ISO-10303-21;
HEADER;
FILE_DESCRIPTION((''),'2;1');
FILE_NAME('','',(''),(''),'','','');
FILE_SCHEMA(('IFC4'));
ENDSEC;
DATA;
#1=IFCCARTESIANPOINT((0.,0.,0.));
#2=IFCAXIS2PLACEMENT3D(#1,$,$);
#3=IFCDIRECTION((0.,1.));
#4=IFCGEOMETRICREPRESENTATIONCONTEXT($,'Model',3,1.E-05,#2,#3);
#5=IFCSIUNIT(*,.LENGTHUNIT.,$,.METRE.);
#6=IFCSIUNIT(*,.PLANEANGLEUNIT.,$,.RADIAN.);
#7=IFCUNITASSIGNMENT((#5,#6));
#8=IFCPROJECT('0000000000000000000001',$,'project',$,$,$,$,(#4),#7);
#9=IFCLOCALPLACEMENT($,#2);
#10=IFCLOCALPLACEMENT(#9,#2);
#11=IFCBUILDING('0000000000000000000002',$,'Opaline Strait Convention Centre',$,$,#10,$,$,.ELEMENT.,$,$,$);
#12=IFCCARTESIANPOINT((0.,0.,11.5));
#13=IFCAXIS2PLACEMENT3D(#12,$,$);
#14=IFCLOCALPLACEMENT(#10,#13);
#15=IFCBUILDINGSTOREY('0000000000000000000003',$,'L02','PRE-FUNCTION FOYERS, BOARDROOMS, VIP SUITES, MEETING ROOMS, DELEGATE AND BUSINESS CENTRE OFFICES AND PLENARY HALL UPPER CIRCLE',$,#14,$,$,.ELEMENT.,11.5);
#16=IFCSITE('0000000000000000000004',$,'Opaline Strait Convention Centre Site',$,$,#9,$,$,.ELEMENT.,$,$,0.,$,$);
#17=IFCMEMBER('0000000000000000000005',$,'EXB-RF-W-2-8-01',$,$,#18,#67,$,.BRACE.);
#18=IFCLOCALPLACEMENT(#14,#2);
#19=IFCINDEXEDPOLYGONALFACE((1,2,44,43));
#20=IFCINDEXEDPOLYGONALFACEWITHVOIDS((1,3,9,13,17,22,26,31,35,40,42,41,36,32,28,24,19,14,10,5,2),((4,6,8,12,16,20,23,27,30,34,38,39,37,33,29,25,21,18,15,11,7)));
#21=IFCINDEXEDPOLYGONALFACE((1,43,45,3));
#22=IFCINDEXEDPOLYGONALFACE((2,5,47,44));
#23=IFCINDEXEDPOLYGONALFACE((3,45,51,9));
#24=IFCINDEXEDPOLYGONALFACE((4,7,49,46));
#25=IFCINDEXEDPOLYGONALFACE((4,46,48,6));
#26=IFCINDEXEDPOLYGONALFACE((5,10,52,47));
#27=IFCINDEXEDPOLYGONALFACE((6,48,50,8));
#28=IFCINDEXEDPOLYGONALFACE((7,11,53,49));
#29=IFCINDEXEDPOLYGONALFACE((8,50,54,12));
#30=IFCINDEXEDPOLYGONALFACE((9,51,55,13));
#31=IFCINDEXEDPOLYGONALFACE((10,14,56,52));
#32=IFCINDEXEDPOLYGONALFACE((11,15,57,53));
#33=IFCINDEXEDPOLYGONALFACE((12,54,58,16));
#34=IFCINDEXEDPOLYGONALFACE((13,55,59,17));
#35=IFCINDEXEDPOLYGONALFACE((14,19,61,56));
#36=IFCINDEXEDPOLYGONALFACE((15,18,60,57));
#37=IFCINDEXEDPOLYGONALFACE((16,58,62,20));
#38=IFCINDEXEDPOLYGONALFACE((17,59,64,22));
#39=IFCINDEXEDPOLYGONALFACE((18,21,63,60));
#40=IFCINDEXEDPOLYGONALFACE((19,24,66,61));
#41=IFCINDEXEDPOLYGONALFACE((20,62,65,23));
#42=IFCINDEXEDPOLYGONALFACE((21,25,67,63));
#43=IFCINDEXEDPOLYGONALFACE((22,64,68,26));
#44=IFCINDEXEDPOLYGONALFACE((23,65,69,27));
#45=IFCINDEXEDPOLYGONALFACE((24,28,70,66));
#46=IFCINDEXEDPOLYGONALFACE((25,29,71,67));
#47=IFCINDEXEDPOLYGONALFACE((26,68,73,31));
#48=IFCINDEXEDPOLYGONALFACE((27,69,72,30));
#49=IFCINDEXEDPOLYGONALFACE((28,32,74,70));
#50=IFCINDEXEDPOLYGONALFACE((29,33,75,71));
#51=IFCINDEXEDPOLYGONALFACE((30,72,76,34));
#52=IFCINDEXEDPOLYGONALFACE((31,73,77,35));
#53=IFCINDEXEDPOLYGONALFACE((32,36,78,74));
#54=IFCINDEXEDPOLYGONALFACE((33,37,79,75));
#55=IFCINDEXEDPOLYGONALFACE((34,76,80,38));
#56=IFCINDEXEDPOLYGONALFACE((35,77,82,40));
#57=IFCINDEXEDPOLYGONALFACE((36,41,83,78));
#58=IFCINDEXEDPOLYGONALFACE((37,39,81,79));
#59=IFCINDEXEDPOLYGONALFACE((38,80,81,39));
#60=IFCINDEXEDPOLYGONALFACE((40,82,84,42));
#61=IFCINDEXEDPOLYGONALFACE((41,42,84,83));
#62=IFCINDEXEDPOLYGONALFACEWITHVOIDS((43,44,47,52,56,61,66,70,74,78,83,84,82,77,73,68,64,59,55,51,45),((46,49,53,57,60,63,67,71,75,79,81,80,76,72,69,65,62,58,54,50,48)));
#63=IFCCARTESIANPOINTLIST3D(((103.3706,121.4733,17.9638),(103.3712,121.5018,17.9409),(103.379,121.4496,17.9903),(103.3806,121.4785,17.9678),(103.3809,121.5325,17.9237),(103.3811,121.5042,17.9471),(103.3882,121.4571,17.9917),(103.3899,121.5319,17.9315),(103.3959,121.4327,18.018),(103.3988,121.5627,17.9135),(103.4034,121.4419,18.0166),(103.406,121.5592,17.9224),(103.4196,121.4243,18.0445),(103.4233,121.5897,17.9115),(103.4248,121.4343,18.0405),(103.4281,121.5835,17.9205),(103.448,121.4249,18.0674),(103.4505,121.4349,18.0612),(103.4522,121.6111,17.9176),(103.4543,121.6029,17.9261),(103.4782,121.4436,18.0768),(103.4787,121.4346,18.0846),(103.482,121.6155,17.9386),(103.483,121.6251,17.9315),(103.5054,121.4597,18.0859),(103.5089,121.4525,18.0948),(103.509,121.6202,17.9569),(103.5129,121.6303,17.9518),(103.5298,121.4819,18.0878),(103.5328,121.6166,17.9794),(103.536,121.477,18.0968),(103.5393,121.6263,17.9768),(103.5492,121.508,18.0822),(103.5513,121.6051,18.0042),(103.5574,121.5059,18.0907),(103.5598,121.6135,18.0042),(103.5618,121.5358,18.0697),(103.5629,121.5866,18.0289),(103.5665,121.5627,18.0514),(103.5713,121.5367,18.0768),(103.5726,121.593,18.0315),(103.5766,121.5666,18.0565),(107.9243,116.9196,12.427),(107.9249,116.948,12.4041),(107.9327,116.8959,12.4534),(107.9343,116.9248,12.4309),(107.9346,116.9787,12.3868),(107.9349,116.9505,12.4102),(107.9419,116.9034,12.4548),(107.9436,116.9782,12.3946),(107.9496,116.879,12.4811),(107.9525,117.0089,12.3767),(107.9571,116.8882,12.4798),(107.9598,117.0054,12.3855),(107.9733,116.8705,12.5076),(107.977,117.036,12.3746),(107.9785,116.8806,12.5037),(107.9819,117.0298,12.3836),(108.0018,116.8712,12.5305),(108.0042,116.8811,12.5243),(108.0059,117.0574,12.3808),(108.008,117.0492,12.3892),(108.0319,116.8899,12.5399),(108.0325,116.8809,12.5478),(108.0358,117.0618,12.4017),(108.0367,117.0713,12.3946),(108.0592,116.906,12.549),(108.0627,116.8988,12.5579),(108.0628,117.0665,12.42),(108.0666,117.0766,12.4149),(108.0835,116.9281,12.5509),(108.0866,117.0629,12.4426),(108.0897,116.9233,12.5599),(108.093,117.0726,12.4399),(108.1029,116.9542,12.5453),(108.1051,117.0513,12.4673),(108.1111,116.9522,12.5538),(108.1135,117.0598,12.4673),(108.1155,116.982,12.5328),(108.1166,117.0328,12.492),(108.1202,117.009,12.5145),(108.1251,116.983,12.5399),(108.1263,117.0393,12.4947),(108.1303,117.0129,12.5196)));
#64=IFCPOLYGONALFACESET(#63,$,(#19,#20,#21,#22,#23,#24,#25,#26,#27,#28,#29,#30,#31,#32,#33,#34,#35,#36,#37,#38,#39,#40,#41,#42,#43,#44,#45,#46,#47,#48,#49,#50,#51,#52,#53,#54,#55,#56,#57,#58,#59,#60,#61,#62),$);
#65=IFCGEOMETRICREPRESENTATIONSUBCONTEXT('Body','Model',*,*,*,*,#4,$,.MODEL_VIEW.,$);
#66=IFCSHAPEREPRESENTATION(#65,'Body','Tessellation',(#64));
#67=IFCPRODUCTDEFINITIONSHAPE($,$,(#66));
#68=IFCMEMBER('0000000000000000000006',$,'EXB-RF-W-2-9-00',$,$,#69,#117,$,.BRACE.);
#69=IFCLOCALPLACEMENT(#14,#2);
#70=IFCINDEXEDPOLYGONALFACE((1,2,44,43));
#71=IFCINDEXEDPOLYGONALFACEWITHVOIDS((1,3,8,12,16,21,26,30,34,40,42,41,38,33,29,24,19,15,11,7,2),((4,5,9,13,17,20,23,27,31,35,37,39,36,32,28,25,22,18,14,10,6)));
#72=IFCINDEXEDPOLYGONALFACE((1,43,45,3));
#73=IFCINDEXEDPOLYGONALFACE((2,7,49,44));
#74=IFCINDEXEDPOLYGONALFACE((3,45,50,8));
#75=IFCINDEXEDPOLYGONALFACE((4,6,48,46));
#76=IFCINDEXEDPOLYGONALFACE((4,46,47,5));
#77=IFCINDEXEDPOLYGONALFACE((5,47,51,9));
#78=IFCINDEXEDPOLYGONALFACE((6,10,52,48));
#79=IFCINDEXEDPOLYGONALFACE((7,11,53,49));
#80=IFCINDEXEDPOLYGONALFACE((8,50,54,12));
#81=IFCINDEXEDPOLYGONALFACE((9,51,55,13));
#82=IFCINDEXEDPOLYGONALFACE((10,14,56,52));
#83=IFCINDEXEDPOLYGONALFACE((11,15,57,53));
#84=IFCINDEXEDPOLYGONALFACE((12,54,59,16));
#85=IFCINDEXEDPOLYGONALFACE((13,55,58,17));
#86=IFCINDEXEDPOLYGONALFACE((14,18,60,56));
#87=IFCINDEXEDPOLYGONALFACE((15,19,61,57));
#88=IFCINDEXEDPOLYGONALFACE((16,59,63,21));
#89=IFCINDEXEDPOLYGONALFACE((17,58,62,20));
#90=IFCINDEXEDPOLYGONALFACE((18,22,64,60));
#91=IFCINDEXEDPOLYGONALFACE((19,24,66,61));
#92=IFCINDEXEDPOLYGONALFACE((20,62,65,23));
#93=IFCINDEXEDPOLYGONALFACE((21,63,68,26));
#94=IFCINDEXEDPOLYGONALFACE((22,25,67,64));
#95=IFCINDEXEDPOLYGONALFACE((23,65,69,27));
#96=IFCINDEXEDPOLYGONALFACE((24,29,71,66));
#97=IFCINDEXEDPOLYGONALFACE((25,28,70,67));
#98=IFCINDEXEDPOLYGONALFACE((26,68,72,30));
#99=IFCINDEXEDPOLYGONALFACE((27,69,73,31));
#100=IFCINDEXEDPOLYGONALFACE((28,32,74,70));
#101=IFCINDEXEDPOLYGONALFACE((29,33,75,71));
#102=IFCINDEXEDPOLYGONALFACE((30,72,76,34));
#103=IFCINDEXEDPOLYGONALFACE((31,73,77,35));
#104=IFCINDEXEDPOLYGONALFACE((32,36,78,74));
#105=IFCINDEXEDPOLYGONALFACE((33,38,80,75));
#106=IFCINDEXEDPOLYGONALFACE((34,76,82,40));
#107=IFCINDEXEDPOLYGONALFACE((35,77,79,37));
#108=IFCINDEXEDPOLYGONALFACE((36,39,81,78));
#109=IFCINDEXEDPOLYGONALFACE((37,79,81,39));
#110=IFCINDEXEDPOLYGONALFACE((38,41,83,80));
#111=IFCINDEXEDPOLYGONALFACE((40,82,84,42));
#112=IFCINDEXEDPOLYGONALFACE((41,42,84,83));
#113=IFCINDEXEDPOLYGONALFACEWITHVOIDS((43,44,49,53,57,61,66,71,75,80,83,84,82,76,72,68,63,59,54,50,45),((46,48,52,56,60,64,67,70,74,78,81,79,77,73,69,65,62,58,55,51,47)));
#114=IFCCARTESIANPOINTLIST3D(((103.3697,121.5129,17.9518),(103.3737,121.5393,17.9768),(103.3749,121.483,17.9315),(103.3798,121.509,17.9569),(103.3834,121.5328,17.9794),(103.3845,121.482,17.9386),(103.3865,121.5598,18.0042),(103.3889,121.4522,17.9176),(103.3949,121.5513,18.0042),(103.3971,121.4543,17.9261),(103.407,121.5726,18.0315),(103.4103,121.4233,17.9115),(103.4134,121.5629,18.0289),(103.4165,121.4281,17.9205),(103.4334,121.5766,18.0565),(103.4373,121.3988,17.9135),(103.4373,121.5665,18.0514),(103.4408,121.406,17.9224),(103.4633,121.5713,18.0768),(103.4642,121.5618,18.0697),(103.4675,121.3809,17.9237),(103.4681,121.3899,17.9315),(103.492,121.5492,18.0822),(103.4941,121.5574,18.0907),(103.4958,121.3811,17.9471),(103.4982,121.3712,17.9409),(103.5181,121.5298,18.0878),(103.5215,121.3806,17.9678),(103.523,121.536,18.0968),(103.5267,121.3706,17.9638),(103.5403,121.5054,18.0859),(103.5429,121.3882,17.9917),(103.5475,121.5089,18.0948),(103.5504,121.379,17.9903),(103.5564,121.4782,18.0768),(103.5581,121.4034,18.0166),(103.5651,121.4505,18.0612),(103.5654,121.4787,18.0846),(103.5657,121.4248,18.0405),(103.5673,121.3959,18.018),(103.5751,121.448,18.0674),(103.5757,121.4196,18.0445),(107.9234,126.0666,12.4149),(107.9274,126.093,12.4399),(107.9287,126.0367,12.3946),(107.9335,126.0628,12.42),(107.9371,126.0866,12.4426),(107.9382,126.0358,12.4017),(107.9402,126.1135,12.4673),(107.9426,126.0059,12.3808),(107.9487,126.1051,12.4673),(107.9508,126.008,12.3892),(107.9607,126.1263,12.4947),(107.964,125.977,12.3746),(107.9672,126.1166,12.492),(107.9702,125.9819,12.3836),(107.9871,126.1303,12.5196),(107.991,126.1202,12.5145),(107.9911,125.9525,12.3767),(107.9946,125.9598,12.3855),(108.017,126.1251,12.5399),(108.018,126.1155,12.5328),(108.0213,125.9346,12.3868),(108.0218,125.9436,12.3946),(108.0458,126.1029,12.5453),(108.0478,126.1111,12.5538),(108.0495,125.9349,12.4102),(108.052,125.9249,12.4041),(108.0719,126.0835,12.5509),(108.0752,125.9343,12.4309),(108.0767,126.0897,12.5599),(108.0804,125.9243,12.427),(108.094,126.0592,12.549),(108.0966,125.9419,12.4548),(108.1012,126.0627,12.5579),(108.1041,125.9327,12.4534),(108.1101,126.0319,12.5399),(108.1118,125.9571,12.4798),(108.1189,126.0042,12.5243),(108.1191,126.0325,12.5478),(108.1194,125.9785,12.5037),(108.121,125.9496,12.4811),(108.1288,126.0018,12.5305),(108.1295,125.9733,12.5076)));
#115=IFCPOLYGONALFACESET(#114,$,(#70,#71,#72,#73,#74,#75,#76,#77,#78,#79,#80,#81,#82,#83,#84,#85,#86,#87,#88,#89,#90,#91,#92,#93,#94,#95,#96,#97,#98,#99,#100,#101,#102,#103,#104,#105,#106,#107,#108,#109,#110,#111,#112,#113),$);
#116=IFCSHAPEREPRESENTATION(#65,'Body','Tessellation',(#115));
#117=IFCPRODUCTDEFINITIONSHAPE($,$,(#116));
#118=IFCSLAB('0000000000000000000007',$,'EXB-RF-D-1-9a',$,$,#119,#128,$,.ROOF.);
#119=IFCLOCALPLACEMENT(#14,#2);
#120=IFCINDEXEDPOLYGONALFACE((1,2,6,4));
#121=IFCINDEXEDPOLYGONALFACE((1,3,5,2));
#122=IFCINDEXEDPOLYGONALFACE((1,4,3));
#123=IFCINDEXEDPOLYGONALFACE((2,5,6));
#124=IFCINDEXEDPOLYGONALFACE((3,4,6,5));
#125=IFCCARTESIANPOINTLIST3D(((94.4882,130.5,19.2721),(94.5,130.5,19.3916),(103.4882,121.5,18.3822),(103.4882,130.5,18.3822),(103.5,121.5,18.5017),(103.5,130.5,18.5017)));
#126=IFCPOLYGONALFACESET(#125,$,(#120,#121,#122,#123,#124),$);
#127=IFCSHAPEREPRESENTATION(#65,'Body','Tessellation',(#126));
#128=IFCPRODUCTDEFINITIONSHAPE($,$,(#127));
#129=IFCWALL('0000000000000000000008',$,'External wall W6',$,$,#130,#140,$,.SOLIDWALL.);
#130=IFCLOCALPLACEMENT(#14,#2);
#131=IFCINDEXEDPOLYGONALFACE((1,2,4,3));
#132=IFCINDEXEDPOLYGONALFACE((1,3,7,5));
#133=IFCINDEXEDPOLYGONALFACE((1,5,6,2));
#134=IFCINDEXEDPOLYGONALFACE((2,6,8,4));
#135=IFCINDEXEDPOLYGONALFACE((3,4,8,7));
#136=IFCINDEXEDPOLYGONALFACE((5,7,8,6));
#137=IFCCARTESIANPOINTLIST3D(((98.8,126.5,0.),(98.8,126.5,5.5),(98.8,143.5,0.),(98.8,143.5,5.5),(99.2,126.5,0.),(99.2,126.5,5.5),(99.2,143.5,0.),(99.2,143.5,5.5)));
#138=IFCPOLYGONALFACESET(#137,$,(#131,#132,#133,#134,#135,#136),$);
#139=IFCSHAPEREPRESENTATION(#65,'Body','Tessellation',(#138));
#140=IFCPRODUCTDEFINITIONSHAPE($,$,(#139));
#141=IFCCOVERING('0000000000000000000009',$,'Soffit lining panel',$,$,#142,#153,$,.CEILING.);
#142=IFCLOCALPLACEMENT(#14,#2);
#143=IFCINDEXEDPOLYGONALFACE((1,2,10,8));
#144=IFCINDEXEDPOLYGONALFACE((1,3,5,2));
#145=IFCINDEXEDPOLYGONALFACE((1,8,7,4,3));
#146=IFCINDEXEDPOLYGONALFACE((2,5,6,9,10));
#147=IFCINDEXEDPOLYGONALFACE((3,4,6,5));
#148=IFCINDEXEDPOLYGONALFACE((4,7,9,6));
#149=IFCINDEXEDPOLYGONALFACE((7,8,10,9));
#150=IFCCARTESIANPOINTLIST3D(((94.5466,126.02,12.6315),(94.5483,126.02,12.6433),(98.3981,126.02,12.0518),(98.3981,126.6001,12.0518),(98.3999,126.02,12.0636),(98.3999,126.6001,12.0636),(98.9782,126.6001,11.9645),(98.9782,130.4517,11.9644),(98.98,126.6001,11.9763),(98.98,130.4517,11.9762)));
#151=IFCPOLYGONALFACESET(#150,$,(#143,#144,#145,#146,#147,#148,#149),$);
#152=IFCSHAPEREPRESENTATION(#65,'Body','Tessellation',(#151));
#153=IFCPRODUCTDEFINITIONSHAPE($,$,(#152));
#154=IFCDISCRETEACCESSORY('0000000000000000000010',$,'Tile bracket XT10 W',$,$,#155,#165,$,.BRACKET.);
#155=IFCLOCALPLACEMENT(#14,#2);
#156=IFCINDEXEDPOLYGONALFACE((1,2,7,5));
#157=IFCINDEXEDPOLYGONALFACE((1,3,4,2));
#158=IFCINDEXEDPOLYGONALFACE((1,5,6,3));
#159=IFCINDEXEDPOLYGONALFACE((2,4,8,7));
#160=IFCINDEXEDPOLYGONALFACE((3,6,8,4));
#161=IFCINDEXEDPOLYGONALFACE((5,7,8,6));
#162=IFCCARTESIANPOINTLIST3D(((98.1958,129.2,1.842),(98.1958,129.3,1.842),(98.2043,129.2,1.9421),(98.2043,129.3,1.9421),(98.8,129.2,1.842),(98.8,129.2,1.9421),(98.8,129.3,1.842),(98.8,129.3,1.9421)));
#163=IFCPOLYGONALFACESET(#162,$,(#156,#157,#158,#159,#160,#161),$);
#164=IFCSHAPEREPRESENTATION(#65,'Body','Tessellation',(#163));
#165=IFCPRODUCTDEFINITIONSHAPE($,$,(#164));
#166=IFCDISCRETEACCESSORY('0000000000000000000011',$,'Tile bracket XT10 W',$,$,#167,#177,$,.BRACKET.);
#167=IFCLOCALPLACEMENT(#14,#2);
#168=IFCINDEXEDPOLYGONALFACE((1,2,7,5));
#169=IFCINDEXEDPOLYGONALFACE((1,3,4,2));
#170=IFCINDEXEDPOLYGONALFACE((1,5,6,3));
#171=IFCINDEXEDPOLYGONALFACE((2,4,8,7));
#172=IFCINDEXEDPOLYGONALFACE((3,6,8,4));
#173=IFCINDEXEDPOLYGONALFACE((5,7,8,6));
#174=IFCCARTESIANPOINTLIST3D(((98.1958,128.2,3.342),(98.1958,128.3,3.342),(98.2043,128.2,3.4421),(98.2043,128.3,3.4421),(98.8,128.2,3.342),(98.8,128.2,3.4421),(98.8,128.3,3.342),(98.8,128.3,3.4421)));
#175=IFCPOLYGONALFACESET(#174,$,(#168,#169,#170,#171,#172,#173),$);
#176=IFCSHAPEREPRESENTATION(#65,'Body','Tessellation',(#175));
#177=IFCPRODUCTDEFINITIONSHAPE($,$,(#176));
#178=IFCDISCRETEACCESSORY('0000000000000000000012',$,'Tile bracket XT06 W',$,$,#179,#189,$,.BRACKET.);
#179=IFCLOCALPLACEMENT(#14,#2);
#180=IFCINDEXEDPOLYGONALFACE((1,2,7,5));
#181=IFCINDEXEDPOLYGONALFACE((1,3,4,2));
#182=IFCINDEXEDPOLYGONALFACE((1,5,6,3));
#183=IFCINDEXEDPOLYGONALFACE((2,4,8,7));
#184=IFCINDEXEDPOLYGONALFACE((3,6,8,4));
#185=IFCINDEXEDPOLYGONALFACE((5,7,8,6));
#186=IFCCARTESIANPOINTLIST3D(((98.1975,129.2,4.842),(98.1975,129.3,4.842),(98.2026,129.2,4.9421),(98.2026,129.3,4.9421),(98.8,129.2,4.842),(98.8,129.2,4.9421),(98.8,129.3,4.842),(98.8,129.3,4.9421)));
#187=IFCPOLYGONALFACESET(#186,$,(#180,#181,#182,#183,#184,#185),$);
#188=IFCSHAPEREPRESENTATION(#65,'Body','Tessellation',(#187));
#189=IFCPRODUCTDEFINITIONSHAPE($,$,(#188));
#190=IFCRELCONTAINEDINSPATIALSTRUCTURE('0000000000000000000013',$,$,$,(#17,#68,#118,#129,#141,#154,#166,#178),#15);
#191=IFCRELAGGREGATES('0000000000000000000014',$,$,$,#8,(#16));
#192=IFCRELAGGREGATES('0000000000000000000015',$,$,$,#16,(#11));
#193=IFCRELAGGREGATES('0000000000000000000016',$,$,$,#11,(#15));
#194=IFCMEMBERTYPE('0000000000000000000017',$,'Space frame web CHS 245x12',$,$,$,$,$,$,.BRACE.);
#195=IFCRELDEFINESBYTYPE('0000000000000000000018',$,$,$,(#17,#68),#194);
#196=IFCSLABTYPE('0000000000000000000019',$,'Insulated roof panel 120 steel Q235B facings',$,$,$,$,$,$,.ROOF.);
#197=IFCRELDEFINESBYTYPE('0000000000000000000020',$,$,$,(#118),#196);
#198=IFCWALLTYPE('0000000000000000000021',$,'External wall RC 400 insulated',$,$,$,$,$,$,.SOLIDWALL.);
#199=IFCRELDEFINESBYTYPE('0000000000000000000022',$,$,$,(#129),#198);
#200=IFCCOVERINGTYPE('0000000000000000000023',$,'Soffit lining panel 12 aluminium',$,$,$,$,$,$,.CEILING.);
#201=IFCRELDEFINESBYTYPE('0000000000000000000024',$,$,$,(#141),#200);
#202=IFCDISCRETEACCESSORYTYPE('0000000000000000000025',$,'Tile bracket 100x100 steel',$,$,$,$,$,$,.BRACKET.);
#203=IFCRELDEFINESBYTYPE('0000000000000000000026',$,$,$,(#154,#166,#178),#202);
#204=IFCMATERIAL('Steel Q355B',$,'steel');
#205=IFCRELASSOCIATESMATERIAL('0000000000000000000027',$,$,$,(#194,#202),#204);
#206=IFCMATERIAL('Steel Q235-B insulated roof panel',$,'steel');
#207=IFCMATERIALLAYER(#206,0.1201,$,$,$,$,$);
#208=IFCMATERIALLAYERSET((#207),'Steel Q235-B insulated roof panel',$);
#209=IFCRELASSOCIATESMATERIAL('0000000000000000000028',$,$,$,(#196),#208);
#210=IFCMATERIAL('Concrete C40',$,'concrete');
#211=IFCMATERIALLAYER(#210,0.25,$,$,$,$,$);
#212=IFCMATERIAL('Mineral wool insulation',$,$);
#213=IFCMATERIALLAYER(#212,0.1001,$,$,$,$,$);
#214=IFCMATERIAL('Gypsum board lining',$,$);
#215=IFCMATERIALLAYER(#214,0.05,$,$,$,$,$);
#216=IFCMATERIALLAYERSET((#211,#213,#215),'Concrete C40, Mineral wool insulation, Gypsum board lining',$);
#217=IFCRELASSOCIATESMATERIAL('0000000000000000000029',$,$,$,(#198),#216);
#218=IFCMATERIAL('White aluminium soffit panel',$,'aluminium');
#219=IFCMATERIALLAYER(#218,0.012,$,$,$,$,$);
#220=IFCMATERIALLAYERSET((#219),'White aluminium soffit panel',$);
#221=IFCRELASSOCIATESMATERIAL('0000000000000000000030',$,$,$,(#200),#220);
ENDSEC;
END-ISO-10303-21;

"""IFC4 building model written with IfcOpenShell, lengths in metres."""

from ifc_helpers import new_model, si_unit, direction, frame, frame_2d, origin, origin_2d, place, context, subcontext, project, spatial, polyline, rectangle, hollow_circle, outline, extrude, material, layer, layer_set, material_profile, profile_set, type_object, element, save


model = new_model("IFC4")

# Units and contexts
model_context = context("Model", 3, precision=1e-05, world=origin(), true_north=direction((0.0, 1.0)))
body_context = subcontext(model_context, "Body", "Model", "MODEL_VIEW")
ifc_project = project(units=[si_unit("LENGTHUNIT", "METRE"), si_unit("PLANEANGLEUNIT", "RADIAN")], contexts=[model_context])

# Site, building, storey
site_placement = place(None, origin())
site = spatial("IfcSite", under=ifc_project, at=site_placement, Name="Opaline Strait Convention Centre Site", CompositionType="ELEMENT", RefElevation=0.0)
building_placement = place(site_placement, origin())
building = spatial("IfcBuilding", under=site, at=building_placement, Name="Opaline Strait Convention Centre", CompositionType="ELEMENT")
storey_placement = place(building_placement, frame((0.0, 0.0, 11.5)))
storey = spatial("IfcBuildingStorey", under=building, at=storey_placement, Name="L02", Description="PRE-FUNCTION FOYERS, BOARDROOMS, VIP SUITES, MEETING ROOMS, DELEGATE AND BUSINESS CENTRE OFFICES AND PLENARY HALL UPPER CIRCLE", CompositionType="ELEMENT", Elevation=11.5)

# Shared definitions
ifc_material_1 = material(Name="Steel Q355B", Category="steel")

# Members
ifc_material_profile_1 = material_profile(ifc_material_1, hollow_circle(Radius=0.1226, WallThickness=0.012, at=origin_2d()), Name="CHS 245x12")
ifc_profile_set_1 = profile_set([ifc_material_profile_1], Name="Steel Q355B")
member_type_1 = type_object("IfcMemberType", Name="Space frame web CHS 245x12", PredefinedType="BRACE", material=ifc_profile_set_1)
for number, where, z_axis, x_axis, name in (
    (1, (103.4731, 121.5269, 18.0042), (0.536178, -0.536178, -0.65194), (0.707107, 0.707107, 0.0), "EXB-RF-W-2-8-01"),
    (2, (103.4731, 121.4731, 18.0042), (0.536178, 0.536178, -0.65194), (-0.707107, 0.707107, 0.0), "EXB-RF-W-2-9-00"),
):
    element("IfcMember", number, at=place(storey_placement, frame(where, z_axis=z_axis, x_axis=x_axis)), inside=storey, type_object=member_type_1, Name=name, PredefinedType="BRACE", context=body_context, shape_type="SweptSolid", body=[
        extrude(hollow_circle(Radius=0.1226, WallThickness=0.012, at=origin_2d()), origin(), (0.0, 0.0, 1.0), 8.4929),
    ])

# Slab
ifc_material_2 = material(Name="Steel Q235-B insulated roof panel", Category="steel")
ifc_layer_1 = layer(ifc_material_2, 0.1201)
ifc_layer_set_1 = layer_set([ifc_layer_1], Name="Steel Q235-B insulated roof panel")
slab_type = type_object("IfcSlabType", Name="Insulated roof panel 120 steel Q235B facings", PredefinedType="ROOF", material=ifc_layer_set_1)
slab_placement = place(storey_placement, frame((103.5, 121.5, 18.5017), z_axis=(0.098397, 0.0, 0.995147), x_axis=(0.0, 1.0, 0.0)))
element("IfcSlab", 3, at=slab_placement, inside=storey, type_object=slab_type, Name="EXB-RF-D-1-9a", PredefinedType="ROOF", context=body_context, shape_type="SweptSolid", body=[
    extrude(outline(polyline([(0.0, 0.0), (9.0, 0.0), (9.0, 9.0439), (0.0, 0.0)])), origin(), (0.0, 0.0, -1.0), 0.1201),
])

# Wall
ifc_material_3 = material(Name="Concrete C40", Category="concrete")
ifc_layer_2 = layer(ifc_material_3, 0.25)
ifc_material_4 = material(Name="Mineral wool insulation")
ifc_layer_3 = layer(ifc_material_4, 0.1001)
ifc_material_5 = material(Name="Gypsum board lining")
ifc_layer_4 = layer(ifc_material_5, 0.05)
ifc_layer_set_2 = layer_set([ifc_layer_2, ifc_layer_3, ifc_layer_4], Name="Concrete C40, Mineral wool insulation, Gypsum board lining")
wall_type = type_object("IfcWallType", Name="External wall RC 400 insulated", PredefinedType="SOLIDWALL", material=ifc_layer_set_2)
wall_placement = place(storey_placement, frame((99.0, 126.5, 0.0), z_axis=(0.0, 0.0, 1.0), x_axis=(0.0, 1.0, 0.0)))
element("IfcWall", 4, at=wall_placement, inside=storey, type_object=wall_type, Name="External wall W6", PredefinedType="SOLIDWALL", context=body_context, shape_type="SweptSolid", body=[
    extrude(rectangle(XDim=17.0, YDim=0.3999, at=frame_2d((8.5, 0.0))), origin(), (0.0, 0.0, 1.0), 5.5),
])

# Covering
ifc_material_6 = material(Name="White aluminium soffit panel", Category="aluminium")
ifc_layer_5 = layer(ifc_material_6, 0.012)
ifc_layer_set_3 = layer_set([ifc_layer_5], Name="White aluminium soffit panel")
covering_type = type_object("IfcCoveringType", Name="Soffit lining panel 12 aluminium", PredefinedType="CEILING", material=ifc_layer_set_3)
covering_placement = place(storey_placement, frame((98.98, 126.6001, 11.9763), z_axis=(0.148825, 0.000022, 0.988864), x_axis=(-0.988864, 0.0, 0.148825)))
element("IfcCovering", 5, at=covering_placement, inside=storey, type_object=covering_type, Name="Soffit lining panel", PredefinedType="CEILING", context=body_context, shape_type="SweptSolid", body=[
    extrude(outline(polyline([(0.0, 0.0), (0.5866, 0.0), (0.5866, 0.5801), (4.4816, 0.5801), (0.0, -3.8516), (0.0, 0.0)])), origin(), (0.0, 0.0, -1.0), 0.012),
])

# Discrete accessories
discrete_accessory_type = type_object("IfcDiscreteAccessoryType", Name="Tile bracket 100x100 steel", PredefinedType="BRACKET", material=ifc_material_1)
for number, where, z_axis, x_axis, name in (
    (6, (98.8, 129.3, 1.8921), (0.0, -1.0, 0.0), (1.0, 0.0, 0.0), "Tile bracket XT10 W"),
    (7, (98.8, 128.3, 3.3921), (0.0, -1.0, 0.0), (1.0, 0.0, 0.0), "Tile bracket XT10 W"),
):
    element("IfcDiscreteAccessory", number, at=place(storey_placement, frame(where, z_axis=z_axis, x_axis=x_axis)), inside=storey, type_object=discrete_accessory_type, Name=name, PredefinedType="BRACKET", context=body_context, shape_type="SweptSolid", body=[
        extrude(outline(polyline([(0.0, -0.05), (0.0, 0.05), (-0.5957, 0.05), (-0.6042, -0.05), (0.0, -0.05)])), origin(), (0.0, 0.0, 1.0), 0.1001),
    ])
for number, where, z_axis, x_axis, name in (
    (8, (98.8, 129.3, 4.8921), (0.0, -1.0, 0.0), (1.0, 0.0, 0.0), "Tile bracket XT06 W"),
):
    element("IfcDiscreteAccessory", number, at=place(storey_placement, frame(where, z_axis=z_axis, x_axis=x_axis)), inside=storey, type_object=discrete_accessory_type, Name=name, PredefinedType="BRACKET", context=body_context, shape_type="SweptSolid", body=[
        extrude(outline(polyline([(0.0, -0.05), (0.0, 0.05), (-0.5974, 0.05), (-0.6025, -0.05), (0.0, -0.05)])), origin(), (0.0, 0.0, 1.0), 0.1001),
    ])

save(model, "model.ifc")
